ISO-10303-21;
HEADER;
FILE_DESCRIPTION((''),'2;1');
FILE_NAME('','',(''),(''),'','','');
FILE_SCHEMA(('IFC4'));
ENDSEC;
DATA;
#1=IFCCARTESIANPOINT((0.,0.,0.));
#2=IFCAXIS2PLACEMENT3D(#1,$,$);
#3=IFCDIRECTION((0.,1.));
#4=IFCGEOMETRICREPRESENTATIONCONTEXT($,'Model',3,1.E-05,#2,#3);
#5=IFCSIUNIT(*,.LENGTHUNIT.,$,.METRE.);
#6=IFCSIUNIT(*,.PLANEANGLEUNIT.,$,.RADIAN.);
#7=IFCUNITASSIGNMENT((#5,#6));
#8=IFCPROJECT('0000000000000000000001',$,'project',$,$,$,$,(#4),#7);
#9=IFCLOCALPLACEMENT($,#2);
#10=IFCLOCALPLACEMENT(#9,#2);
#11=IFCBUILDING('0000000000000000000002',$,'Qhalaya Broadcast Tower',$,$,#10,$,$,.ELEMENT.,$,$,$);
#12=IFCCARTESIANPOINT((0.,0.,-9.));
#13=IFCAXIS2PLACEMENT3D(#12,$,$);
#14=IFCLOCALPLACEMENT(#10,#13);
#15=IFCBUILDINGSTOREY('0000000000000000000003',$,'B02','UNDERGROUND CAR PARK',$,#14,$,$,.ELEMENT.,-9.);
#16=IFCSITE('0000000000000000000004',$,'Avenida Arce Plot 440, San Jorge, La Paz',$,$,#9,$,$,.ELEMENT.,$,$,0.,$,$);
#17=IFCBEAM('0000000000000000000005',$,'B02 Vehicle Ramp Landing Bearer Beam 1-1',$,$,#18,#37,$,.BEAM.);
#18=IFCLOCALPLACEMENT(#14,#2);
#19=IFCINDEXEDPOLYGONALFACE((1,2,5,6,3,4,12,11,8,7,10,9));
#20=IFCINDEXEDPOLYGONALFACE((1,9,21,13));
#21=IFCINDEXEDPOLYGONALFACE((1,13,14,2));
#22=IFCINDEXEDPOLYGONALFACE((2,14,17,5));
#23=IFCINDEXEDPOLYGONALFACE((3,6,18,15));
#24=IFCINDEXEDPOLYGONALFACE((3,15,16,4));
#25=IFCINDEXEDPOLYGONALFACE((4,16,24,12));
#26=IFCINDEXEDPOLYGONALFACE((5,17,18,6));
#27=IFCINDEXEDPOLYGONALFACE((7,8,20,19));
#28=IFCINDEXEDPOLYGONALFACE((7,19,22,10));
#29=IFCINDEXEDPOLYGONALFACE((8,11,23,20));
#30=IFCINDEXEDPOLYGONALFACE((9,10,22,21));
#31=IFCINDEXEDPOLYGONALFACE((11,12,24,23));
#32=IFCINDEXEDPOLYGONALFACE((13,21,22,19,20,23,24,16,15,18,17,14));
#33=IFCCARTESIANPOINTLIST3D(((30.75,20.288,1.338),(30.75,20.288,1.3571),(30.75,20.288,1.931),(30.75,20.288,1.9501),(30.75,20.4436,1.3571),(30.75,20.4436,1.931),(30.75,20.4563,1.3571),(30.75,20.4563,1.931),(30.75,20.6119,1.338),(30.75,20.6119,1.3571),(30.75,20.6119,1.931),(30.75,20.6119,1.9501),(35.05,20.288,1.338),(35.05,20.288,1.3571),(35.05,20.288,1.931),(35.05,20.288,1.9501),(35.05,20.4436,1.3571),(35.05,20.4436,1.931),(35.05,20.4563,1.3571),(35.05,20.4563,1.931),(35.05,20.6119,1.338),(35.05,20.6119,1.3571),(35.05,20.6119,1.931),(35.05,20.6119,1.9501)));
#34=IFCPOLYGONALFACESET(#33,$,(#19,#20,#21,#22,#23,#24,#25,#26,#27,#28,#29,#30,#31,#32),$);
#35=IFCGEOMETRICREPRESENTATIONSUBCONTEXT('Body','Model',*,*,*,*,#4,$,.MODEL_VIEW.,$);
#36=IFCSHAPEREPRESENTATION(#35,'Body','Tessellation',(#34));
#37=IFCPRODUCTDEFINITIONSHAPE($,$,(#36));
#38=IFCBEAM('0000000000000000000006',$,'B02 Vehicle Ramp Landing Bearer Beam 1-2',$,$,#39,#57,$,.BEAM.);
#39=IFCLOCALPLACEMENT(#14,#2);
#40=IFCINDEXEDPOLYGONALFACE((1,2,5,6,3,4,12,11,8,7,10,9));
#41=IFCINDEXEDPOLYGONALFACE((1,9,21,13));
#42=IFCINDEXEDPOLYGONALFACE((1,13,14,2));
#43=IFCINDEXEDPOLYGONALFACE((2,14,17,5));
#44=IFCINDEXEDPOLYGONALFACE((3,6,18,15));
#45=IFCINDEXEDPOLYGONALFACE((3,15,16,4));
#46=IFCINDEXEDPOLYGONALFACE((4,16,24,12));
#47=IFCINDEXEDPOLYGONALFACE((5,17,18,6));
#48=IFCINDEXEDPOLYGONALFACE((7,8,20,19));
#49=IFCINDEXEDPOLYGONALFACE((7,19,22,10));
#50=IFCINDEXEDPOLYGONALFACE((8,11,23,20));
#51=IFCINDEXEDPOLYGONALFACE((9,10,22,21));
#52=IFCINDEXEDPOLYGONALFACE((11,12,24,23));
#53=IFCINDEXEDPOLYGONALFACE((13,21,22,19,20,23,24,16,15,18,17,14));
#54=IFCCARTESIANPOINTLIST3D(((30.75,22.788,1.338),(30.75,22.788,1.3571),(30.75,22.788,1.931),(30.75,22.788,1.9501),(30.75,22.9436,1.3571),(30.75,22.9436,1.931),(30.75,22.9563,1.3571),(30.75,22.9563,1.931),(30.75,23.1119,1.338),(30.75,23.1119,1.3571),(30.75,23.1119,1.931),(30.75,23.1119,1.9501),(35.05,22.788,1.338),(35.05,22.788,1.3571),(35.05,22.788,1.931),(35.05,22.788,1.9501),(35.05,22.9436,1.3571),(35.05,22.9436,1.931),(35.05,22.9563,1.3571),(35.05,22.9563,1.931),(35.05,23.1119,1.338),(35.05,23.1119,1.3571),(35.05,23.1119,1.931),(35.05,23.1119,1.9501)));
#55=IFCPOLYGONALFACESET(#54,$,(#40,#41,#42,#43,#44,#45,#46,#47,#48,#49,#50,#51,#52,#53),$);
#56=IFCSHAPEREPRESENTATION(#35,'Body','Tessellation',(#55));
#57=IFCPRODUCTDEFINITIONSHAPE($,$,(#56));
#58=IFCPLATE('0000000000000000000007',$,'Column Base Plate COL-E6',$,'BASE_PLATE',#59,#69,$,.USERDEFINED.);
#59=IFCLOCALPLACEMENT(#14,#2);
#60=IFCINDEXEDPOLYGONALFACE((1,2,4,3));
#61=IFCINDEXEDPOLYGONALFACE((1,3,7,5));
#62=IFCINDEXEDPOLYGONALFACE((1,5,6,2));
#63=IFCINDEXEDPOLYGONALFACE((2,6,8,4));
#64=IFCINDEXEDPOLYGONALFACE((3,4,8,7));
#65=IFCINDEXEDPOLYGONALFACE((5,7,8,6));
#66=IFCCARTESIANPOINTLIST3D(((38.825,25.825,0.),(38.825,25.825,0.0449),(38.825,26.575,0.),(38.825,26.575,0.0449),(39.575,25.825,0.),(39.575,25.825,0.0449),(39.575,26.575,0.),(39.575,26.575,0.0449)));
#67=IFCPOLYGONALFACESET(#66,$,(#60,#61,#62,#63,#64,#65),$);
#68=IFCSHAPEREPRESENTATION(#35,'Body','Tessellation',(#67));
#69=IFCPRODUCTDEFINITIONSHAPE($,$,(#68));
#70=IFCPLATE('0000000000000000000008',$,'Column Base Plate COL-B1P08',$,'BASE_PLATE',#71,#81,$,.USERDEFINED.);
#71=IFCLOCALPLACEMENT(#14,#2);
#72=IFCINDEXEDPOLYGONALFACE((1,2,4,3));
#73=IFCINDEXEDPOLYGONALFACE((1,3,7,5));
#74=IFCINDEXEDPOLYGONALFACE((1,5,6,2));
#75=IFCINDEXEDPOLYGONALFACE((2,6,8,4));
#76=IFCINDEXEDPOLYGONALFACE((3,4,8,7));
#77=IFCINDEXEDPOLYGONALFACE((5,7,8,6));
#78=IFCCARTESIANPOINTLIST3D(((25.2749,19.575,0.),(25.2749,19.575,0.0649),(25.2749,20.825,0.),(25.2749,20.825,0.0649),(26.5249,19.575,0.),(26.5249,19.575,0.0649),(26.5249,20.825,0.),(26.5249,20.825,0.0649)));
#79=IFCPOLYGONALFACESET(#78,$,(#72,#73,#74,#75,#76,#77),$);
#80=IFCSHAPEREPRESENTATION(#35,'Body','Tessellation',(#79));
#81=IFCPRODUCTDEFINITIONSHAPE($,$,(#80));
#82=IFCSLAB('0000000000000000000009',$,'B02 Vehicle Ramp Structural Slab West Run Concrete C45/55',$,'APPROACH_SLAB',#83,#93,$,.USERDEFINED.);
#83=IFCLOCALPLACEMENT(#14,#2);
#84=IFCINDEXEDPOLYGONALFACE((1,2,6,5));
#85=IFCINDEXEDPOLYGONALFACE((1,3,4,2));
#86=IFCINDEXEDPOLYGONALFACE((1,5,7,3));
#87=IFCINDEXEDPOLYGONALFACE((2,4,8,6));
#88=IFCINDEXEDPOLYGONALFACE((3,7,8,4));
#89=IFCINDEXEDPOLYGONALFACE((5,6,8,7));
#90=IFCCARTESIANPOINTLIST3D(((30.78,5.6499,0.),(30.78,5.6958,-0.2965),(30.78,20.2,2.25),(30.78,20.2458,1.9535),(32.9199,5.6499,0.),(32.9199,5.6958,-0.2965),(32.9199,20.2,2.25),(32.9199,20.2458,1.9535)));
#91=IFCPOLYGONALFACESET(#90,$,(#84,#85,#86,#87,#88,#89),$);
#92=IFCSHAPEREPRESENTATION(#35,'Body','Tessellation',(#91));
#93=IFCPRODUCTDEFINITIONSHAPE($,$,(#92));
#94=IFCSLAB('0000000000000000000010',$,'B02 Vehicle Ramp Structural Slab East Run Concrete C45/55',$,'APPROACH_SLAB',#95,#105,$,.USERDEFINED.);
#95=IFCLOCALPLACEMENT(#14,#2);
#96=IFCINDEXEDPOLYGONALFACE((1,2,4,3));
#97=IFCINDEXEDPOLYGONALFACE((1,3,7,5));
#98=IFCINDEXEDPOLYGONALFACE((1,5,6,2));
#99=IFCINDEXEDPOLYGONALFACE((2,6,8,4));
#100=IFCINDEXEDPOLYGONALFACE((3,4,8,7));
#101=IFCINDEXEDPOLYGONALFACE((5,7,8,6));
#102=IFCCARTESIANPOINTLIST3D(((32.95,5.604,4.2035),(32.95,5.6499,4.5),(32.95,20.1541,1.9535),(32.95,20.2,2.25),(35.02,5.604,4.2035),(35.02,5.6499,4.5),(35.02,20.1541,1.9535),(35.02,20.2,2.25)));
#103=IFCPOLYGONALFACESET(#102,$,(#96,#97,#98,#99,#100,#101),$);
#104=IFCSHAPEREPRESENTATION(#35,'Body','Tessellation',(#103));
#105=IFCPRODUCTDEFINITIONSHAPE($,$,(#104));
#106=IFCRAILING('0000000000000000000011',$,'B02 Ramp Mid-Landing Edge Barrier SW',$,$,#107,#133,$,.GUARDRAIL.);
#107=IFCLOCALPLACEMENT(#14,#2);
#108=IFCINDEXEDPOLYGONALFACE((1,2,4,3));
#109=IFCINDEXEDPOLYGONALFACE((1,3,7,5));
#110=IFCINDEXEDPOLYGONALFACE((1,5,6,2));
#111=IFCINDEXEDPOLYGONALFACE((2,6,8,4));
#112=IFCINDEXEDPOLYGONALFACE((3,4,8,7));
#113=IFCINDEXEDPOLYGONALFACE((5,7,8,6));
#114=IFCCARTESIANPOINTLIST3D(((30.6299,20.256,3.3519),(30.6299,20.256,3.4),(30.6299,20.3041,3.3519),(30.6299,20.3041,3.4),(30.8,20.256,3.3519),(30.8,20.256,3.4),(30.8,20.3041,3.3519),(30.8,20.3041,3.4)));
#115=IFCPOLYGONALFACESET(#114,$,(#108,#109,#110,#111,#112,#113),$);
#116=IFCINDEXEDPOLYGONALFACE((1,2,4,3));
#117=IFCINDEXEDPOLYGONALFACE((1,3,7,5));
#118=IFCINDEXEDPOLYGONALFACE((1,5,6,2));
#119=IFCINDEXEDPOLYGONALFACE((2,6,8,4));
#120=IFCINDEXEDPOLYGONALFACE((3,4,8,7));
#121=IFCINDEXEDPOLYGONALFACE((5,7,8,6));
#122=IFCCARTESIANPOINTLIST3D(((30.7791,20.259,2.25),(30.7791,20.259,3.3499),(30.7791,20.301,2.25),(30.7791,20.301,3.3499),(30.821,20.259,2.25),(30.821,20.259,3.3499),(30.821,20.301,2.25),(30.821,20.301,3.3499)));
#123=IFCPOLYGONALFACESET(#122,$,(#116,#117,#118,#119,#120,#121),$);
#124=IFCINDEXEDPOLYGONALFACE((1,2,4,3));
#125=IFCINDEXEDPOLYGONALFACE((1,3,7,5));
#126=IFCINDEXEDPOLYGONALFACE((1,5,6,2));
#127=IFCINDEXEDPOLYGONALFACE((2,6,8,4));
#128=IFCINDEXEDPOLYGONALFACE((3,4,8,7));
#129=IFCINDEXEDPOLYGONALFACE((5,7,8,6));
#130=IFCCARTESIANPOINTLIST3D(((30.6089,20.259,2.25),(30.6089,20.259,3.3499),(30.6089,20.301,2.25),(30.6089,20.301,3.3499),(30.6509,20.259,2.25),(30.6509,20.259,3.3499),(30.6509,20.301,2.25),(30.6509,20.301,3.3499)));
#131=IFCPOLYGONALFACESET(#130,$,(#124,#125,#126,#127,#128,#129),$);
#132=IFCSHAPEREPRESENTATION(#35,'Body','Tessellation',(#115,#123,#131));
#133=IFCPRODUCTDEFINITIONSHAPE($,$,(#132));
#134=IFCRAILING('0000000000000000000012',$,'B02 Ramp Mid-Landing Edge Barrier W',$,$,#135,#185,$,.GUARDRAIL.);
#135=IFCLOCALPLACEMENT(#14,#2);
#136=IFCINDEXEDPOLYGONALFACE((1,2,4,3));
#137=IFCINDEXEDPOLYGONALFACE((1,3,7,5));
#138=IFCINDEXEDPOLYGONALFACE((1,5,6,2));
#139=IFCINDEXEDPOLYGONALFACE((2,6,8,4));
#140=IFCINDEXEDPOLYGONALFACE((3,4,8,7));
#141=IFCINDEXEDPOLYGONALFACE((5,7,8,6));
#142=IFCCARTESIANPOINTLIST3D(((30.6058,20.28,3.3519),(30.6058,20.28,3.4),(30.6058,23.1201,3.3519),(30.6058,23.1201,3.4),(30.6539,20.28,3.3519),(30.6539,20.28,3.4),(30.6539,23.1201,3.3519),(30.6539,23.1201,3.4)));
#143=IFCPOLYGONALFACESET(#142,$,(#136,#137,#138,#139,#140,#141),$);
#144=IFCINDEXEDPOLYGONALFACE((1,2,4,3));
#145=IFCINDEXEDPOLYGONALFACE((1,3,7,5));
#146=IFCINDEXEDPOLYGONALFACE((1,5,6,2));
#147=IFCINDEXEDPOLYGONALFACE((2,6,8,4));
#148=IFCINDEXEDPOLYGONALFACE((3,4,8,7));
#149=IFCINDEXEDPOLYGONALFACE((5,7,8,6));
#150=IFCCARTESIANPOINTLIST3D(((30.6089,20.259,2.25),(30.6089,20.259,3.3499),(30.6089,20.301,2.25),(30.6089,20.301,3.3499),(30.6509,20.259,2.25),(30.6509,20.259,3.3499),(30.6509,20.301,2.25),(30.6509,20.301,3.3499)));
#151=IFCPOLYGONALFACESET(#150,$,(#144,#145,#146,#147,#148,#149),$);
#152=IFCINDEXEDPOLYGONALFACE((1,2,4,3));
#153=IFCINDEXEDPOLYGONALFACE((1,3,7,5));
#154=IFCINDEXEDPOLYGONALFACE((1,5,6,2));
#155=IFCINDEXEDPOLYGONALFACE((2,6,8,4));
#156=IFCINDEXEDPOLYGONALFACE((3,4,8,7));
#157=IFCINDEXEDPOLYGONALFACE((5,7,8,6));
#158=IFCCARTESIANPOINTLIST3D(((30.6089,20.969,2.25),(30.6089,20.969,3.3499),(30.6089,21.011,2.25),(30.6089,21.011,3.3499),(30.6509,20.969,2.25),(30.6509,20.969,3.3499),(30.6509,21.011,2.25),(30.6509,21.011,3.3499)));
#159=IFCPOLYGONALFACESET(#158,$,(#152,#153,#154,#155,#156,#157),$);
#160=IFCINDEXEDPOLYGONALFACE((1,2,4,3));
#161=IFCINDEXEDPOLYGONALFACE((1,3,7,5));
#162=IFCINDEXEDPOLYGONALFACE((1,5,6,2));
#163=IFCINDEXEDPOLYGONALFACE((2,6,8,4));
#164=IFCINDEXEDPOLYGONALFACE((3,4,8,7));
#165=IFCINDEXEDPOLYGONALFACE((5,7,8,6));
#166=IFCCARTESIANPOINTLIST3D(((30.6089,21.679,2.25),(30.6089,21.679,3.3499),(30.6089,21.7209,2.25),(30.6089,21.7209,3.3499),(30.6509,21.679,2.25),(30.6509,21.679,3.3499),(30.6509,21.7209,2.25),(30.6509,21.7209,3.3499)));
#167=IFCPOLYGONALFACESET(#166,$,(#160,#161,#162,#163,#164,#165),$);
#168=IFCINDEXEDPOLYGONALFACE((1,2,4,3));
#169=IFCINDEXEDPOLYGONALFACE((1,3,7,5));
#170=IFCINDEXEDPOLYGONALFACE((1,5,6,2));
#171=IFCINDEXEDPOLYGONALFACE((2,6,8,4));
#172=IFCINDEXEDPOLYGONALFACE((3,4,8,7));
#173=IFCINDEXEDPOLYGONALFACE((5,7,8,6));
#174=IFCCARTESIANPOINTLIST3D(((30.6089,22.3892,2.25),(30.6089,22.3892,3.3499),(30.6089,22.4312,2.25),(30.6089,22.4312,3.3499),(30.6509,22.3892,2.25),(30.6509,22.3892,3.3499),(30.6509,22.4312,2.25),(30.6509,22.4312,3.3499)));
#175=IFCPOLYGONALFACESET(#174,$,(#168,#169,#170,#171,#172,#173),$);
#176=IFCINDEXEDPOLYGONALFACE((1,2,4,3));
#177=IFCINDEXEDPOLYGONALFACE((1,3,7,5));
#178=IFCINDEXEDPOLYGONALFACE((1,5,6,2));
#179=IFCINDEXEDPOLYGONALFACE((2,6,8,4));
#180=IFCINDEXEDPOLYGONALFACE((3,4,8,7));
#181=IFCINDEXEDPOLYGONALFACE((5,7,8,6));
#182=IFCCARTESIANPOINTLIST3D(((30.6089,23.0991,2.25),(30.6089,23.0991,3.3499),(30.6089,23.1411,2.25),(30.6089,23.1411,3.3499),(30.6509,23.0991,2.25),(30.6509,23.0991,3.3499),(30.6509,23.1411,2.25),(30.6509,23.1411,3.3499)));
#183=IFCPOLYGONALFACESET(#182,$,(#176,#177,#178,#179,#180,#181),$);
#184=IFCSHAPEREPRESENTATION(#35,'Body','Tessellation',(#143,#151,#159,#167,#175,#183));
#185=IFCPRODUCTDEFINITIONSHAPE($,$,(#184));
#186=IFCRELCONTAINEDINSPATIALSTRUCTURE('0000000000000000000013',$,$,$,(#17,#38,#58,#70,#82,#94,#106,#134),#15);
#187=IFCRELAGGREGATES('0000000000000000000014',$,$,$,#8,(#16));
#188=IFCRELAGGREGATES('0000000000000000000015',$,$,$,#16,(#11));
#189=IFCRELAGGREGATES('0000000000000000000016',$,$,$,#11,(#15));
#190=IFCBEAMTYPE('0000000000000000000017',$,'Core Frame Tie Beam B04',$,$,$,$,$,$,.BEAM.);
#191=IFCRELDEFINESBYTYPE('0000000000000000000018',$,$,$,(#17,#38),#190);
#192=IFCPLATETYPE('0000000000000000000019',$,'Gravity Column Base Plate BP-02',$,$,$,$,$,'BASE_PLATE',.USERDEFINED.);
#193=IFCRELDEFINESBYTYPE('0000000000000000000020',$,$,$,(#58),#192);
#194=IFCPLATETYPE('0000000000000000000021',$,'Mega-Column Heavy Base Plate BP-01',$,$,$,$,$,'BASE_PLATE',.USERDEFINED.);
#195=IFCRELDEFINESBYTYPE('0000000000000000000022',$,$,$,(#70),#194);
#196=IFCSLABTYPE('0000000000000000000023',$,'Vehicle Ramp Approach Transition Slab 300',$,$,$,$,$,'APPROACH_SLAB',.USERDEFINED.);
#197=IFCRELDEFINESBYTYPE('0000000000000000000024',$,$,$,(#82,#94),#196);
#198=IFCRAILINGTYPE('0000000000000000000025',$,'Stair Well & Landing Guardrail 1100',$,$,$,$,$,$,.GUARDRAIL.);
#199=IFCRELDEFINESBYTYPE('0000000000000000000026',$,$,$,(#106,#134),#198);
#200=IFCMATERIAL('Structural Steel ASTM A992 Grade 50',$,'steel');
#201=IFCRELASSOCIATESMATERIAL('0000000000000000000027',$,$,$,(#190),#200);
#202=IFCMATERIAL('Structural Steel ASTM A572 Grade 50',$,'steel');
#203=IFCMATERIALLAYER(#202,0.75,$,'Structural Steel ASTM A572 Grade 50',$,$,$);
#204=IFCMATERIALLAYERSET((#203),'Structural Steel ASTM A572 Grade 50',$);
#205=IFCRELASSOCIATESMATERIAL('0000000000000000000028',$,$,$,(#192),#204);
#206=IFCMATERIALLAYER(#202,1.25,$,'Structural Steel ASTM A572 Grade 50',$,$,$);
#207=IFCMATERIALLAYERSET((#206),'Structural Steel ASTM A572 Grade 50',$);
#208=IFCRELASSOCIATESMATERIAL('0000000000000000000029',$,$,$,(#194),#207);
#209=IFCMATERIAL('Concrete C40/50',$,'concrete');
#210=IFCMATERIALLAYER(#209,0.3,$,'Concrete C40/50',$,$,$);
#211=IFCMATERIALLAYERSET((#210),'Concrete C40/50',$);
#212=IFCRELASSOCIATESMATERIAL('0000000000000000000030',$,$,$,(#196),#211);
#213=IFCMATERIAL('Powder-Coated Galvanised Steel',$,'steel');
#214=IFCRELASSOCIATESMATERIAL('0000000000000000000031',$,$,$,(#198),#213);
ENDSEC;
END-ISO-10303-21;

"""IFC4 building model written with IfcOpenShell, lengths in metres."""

from ifc_helpers import new_model, si_unit, direction, frame, origin, origin_2d, place, context, subcontext, project, spatial, polyline, rectangle, i_section, outline, extrude, material, layer, layer_set, material_profile, profile_set, type_object, element, save


model = new_model("IFC4")

# Units and contexts
model_context = context("Model", 3, precision=1e-05, world=origin(), true_north=direction((0.0, 1.0)))
body_context = subcontext(model_context, "Body", "Model", "MODEL_VIEW")
ifc_project = project(units=[si_unit("LENGTHUNIT", "METRE"), si_unit("PLANEANGLEUNIT", "RADIAN")], contexts=[model_context])

# Site, building, storey
site_placement = place(None, origin())
site = spatial("IfcSite", under=ifc_project, at=site_placement, Name="Avenida Arce Plot 440, San Jorge, La Paz", CompositionType="ELEMENT", RefElevation=0.0)
building_placement = place(site_placement, origin())
building = spatial("IfcBuilding", under=site, at=building_placement, Name="Qhalaya Broadcast Tower", CompositionType="ELEMENT")
storey_placement = place(building_placement, frame((0.0, 0.0, -9.0)))
storey = spatial("IfcBuildingStorey", under=building, at=storey_placement, Name="B02", Description="UNDERGROUND CAR PARK", CompositionType="ELEMENT", Elevation=-9.0)

# Beams
ifc_material_1 = material(Name="Structural Steel ASTM A992 Grade 50", Category="steel")
ifc_material_profile_1 = material_profile(ifc_material_1, i_section(OverallWidth=0.324, OverallDepth=0.6121, WebThickness=0.0127, FlangeThickness=0.019, at=origin_2d()), Name="W24X104")
ifc_profile_set_1 = profile_set([ifc_material_profile_1], Name="Structural Steel ASTM A992 Grade 50")
beam_type = type_object("IfcBeamType", Name="Core Frame Tie Beam B04", PredefinedType="BEAM", material=ifc_profile_set_1)
for number, where, z_axis, x_axis, name in (
    (1, (30.75, 20.45, 1.644), (1.0, 0.0, 0.0), (0.0, 1.0, 0.0), "B02 Vehicle Ramp Landing Bearer Beam 1-1"),
    (2, (30.75, 22.95, 1.644), (1.0, 0.0, 0.0), (0.0, 1.0, 0.0), "B02 Vehicle Ramp Landing Bearer Beam 1-2"),
):
    element("IfcBeam", number, at=place(storey_placement, frame(where, z_axis=z_axis, x_axis=x_axis)), inside=storey, type_object=beam_type, Name=name, PredefinedType="BEAM", context=body_context, shape_type="SweptSolid", body=[
        extrude(i_section(OverallWidth=0.324, OverallDepth=0.6121, WebThickness=0.0127, FlangeThickness=0.019, at=origin_2d()), origin(), (0.0, 0.0, 1.0), 4.3),
    ])

# Plates
ifc_material_2 = material(Name="Structural Steel ASTM A572 Grade 50", Category="steel")
ifc_layer_1 = layer(ifc_material_2, 0.75, Name="Structural Steel ASTM A572 Grade 50")
ifc_layer_set_1 = layer_set([ifc_layer_1], Name="Structural Steel ASTM A572 Grade 50")
plate_type_1 = type_object("IfcPlateType", Name="Gravity Column Base Plate BP-02", ElementType="BASE_PLATE", PredefinedType="USERDEFINED", material=ifc_layer_set_1)
plate_1_placement = place(storey_placement, frame((39.2, 26.2, 0.0), z_axis=(0.0, 0.0, 1.0), x_axis=(1.0, 0.0, 0.0)))
element("IfcPlate", 3, at=plate_1_placement, inside=storey, type_object=plate_type_1, Name="Column Base Plate COL-E6", ObjectType="BASE_PLATE", PredefinedType="USERDEFINED", context=body_context, shape_type="SweptSolid", body=[
    extrude(rectangle(XDim=0.75, YDim=0.75, at=origin_2d()), origin(), (0.0, 0.0, 1.0), 0.0449),
])
ifc_layer_2 = layer(ifc_material_2, 1.25, Name="Structural Steel ASTM A572 Grade 50")
ifc_layer_set_2 = layer_set([ifc_layer_2], Name="Structural Steel ASTM A572 Grade 50")
plate_type_2 = type_object("IfcPlateType", Name="Mega-Column Heavy Base Plate BP-01", ElementType="BASE_PLATE", PredefinedType="USERDEFINED", material=ifc_layer_set_2)
plate_2_placement = place(storey_placement, frame((25.8999, 20.2, 0.0), z_axis=(0.0, 0.0, 1.0), x_axis=(0.0, 1.0, 0.0)))
element("IfcPlate", 4, at=plate_2_placement, inside=storey, type_object=plate_type_2, Name="Column Base Plate COL-B1P08", ObjectType="BASE_PLATE", PredefinedType="USERDEFINED", context=body_context, shape_type="SweptSolid", body=[
    extrude(rectangle(XDim=1.25, YDim=1.25, at=origin_2d()), origin(), (0.0, 0.0, 1.0), 0.0649),
])

# Slabs
ifc_material_3 = material(Name="Concrete C40/50", Category="concrete")
ifc_layer_3 = layer(ifc_material_3, 0.3, Name="Concrete C40/50")
ifc_layer_set_3 = layer_set([ifc_layer_3], Name="Concrete C40/50")
slab_type = type_object("IfcSlabType", Name="Vehicle Ramp Approach Transition Slab 300", ElementType="APPROACH_SLAB", PredefinedType="USERDEFINED", material=ifc_layer_set_3)
slab_1_placement = place(storey_placement, frame((30.78, 5.6499, 0.0), z_axis=(0.0, -0.152822, 0.988254), x_axis=(1.0, 0.0, 0.0)))
element("IfcSlab", 5, at=slab_1_placement, inside=storey, type_object=slab_type, Name="B02 Vehicle Ramp Structural Slab West Run Concrete C45/55", ObjectType="APPROACH_SLAB", PredefinedType="USERDEFINED", context=body_context, shape_type="SweptSolid", body=[
    extrude(outline(polyline([(0.0, 0.0), (2.1399, 0.0), (2.1399, 14.723), (0.0, 14.723), (0.0, 0.0)])), origin(), (0.0, 0.0, -1.0), 0.3),
])
slab_2_placement = place(storey_placement, frame((35.02, 20.2, 2.25), z_axis=(0.0, 0.152822, 0.988254), x_axis=(-1.0, 0.0, 0.0)))
element("IfcSlab", 6, at=slab_2_placement, inside=storey, type_object=slab_type, Name="B02 Vehicle Ramp Structural Slab East Run Concrete C45/55", ObjectType="APPROACH_SLAB", PredefinedType="USERDEFINED", context=body_context, shape_type="SweptSolid", body=[
    extrude(outline(polyline([(0.0, 0.0), (2.0701, 0.0), (2.0701, 14.723), (0.0, 14.723), (0.0, 0.0)])), origin(), (0.0, 0.0, -1.0), 0.3),
])

# Railings
ifc_material_4 = material(Name="Powder-Coated Galvanised Steel", Category="steel")
railing_type = type_object("IfcRailingType", Name="Stair Well & Landing Guardrail 1100", PredefinedType="GUARDRAIL", material=ifc_material_4)
railing_1_placement = place(storey_placement, frame((30.8, 20.28, 2.25)))
element("IfcRailing", 7, at=railing_1_placement, inside=storey, type_object=railing_type, Name="B02 Ramp Mid-Landing Edge Barrier SW", PredefinedType="GUARDRAIL", context=body_context, shape_type="SweptSolid", body=[
    extrude(rectangle(XDim=0.0481, YDim=0.0481, at=origin_2d()), frame((0.0, 0.0, 1.126), z_axis=(-1.0, 0.0, 0.0), x_axis=(0.0, -1.0, 0.0)), (0.0, 0.0, 1.0), 0.1702),
    extrude(rectangle(XDim=0.042, YDim=0.042, at=origin_2d()), origin(), (0.0, 0.0, 1.0), 1.0999),
    extrude(rectangle(XDim=0.042, YDim=0.042, at=origin_2d()), frame((-0.1702, 0.0, 0.0)), (0.0, 0.0, 1.0), 1.0999),
])
railing_2_placement = place(storey_placement, frame((30.6299, 20.28, 2.25)))
element("IfcRailing", 8, at=railing_2_placement, inside=storey, type_object=railing_type, Name="B02 Ramp Mid-Landing Edge Barrier W", PredefinedType="GUARDRAIL", context=body_context, shape_type="SweptSolid", body=[
    extrude(rectangle(XDim=0.0481, YDim=0.0481, at=origin_2d()), frame((0.0, 0.0, 1.126), z_axis=(0.0, 1.0, 0.0), x_axis=(-1.0, 0.0, 0.0)), (0.0, 0.0, 1.0), 2.8401),
    extrude(rectangle(XDim=0.042, YDim=0.042, at=origin_2d()), origin(), (0.0, 0.0, 1.0), 1.0999),
    extrude(rectangle(XDim=0.042, YDim=0.042, at=origin_2d()), frame((0.0, 0.71, 0.0)), (0.0, 0.0, 1.0), 1.0999),
    extrude(rectangle(XDim=0.042, YDim=0.042, at=origin_2d()), frame((0.0, 1.4199, 0.0)), (0.0, 0.0, 1.0), 1.0999),
    extrude(rectangle(XDim=0.042, YDim=0.042, at=origin_2d()), frame((0.0, 2.1301, 0.0)), (0.0, 0.0, 1.0), 1.0999),
    extrude(rectangle(XDim=0.042, YDim=0.042, at=origin_2d()), frame((0.0, 2.8401, 0.0)), (0.0, 0.0, 1.0), 1.0999),
])

save(model, "model.ifc")
